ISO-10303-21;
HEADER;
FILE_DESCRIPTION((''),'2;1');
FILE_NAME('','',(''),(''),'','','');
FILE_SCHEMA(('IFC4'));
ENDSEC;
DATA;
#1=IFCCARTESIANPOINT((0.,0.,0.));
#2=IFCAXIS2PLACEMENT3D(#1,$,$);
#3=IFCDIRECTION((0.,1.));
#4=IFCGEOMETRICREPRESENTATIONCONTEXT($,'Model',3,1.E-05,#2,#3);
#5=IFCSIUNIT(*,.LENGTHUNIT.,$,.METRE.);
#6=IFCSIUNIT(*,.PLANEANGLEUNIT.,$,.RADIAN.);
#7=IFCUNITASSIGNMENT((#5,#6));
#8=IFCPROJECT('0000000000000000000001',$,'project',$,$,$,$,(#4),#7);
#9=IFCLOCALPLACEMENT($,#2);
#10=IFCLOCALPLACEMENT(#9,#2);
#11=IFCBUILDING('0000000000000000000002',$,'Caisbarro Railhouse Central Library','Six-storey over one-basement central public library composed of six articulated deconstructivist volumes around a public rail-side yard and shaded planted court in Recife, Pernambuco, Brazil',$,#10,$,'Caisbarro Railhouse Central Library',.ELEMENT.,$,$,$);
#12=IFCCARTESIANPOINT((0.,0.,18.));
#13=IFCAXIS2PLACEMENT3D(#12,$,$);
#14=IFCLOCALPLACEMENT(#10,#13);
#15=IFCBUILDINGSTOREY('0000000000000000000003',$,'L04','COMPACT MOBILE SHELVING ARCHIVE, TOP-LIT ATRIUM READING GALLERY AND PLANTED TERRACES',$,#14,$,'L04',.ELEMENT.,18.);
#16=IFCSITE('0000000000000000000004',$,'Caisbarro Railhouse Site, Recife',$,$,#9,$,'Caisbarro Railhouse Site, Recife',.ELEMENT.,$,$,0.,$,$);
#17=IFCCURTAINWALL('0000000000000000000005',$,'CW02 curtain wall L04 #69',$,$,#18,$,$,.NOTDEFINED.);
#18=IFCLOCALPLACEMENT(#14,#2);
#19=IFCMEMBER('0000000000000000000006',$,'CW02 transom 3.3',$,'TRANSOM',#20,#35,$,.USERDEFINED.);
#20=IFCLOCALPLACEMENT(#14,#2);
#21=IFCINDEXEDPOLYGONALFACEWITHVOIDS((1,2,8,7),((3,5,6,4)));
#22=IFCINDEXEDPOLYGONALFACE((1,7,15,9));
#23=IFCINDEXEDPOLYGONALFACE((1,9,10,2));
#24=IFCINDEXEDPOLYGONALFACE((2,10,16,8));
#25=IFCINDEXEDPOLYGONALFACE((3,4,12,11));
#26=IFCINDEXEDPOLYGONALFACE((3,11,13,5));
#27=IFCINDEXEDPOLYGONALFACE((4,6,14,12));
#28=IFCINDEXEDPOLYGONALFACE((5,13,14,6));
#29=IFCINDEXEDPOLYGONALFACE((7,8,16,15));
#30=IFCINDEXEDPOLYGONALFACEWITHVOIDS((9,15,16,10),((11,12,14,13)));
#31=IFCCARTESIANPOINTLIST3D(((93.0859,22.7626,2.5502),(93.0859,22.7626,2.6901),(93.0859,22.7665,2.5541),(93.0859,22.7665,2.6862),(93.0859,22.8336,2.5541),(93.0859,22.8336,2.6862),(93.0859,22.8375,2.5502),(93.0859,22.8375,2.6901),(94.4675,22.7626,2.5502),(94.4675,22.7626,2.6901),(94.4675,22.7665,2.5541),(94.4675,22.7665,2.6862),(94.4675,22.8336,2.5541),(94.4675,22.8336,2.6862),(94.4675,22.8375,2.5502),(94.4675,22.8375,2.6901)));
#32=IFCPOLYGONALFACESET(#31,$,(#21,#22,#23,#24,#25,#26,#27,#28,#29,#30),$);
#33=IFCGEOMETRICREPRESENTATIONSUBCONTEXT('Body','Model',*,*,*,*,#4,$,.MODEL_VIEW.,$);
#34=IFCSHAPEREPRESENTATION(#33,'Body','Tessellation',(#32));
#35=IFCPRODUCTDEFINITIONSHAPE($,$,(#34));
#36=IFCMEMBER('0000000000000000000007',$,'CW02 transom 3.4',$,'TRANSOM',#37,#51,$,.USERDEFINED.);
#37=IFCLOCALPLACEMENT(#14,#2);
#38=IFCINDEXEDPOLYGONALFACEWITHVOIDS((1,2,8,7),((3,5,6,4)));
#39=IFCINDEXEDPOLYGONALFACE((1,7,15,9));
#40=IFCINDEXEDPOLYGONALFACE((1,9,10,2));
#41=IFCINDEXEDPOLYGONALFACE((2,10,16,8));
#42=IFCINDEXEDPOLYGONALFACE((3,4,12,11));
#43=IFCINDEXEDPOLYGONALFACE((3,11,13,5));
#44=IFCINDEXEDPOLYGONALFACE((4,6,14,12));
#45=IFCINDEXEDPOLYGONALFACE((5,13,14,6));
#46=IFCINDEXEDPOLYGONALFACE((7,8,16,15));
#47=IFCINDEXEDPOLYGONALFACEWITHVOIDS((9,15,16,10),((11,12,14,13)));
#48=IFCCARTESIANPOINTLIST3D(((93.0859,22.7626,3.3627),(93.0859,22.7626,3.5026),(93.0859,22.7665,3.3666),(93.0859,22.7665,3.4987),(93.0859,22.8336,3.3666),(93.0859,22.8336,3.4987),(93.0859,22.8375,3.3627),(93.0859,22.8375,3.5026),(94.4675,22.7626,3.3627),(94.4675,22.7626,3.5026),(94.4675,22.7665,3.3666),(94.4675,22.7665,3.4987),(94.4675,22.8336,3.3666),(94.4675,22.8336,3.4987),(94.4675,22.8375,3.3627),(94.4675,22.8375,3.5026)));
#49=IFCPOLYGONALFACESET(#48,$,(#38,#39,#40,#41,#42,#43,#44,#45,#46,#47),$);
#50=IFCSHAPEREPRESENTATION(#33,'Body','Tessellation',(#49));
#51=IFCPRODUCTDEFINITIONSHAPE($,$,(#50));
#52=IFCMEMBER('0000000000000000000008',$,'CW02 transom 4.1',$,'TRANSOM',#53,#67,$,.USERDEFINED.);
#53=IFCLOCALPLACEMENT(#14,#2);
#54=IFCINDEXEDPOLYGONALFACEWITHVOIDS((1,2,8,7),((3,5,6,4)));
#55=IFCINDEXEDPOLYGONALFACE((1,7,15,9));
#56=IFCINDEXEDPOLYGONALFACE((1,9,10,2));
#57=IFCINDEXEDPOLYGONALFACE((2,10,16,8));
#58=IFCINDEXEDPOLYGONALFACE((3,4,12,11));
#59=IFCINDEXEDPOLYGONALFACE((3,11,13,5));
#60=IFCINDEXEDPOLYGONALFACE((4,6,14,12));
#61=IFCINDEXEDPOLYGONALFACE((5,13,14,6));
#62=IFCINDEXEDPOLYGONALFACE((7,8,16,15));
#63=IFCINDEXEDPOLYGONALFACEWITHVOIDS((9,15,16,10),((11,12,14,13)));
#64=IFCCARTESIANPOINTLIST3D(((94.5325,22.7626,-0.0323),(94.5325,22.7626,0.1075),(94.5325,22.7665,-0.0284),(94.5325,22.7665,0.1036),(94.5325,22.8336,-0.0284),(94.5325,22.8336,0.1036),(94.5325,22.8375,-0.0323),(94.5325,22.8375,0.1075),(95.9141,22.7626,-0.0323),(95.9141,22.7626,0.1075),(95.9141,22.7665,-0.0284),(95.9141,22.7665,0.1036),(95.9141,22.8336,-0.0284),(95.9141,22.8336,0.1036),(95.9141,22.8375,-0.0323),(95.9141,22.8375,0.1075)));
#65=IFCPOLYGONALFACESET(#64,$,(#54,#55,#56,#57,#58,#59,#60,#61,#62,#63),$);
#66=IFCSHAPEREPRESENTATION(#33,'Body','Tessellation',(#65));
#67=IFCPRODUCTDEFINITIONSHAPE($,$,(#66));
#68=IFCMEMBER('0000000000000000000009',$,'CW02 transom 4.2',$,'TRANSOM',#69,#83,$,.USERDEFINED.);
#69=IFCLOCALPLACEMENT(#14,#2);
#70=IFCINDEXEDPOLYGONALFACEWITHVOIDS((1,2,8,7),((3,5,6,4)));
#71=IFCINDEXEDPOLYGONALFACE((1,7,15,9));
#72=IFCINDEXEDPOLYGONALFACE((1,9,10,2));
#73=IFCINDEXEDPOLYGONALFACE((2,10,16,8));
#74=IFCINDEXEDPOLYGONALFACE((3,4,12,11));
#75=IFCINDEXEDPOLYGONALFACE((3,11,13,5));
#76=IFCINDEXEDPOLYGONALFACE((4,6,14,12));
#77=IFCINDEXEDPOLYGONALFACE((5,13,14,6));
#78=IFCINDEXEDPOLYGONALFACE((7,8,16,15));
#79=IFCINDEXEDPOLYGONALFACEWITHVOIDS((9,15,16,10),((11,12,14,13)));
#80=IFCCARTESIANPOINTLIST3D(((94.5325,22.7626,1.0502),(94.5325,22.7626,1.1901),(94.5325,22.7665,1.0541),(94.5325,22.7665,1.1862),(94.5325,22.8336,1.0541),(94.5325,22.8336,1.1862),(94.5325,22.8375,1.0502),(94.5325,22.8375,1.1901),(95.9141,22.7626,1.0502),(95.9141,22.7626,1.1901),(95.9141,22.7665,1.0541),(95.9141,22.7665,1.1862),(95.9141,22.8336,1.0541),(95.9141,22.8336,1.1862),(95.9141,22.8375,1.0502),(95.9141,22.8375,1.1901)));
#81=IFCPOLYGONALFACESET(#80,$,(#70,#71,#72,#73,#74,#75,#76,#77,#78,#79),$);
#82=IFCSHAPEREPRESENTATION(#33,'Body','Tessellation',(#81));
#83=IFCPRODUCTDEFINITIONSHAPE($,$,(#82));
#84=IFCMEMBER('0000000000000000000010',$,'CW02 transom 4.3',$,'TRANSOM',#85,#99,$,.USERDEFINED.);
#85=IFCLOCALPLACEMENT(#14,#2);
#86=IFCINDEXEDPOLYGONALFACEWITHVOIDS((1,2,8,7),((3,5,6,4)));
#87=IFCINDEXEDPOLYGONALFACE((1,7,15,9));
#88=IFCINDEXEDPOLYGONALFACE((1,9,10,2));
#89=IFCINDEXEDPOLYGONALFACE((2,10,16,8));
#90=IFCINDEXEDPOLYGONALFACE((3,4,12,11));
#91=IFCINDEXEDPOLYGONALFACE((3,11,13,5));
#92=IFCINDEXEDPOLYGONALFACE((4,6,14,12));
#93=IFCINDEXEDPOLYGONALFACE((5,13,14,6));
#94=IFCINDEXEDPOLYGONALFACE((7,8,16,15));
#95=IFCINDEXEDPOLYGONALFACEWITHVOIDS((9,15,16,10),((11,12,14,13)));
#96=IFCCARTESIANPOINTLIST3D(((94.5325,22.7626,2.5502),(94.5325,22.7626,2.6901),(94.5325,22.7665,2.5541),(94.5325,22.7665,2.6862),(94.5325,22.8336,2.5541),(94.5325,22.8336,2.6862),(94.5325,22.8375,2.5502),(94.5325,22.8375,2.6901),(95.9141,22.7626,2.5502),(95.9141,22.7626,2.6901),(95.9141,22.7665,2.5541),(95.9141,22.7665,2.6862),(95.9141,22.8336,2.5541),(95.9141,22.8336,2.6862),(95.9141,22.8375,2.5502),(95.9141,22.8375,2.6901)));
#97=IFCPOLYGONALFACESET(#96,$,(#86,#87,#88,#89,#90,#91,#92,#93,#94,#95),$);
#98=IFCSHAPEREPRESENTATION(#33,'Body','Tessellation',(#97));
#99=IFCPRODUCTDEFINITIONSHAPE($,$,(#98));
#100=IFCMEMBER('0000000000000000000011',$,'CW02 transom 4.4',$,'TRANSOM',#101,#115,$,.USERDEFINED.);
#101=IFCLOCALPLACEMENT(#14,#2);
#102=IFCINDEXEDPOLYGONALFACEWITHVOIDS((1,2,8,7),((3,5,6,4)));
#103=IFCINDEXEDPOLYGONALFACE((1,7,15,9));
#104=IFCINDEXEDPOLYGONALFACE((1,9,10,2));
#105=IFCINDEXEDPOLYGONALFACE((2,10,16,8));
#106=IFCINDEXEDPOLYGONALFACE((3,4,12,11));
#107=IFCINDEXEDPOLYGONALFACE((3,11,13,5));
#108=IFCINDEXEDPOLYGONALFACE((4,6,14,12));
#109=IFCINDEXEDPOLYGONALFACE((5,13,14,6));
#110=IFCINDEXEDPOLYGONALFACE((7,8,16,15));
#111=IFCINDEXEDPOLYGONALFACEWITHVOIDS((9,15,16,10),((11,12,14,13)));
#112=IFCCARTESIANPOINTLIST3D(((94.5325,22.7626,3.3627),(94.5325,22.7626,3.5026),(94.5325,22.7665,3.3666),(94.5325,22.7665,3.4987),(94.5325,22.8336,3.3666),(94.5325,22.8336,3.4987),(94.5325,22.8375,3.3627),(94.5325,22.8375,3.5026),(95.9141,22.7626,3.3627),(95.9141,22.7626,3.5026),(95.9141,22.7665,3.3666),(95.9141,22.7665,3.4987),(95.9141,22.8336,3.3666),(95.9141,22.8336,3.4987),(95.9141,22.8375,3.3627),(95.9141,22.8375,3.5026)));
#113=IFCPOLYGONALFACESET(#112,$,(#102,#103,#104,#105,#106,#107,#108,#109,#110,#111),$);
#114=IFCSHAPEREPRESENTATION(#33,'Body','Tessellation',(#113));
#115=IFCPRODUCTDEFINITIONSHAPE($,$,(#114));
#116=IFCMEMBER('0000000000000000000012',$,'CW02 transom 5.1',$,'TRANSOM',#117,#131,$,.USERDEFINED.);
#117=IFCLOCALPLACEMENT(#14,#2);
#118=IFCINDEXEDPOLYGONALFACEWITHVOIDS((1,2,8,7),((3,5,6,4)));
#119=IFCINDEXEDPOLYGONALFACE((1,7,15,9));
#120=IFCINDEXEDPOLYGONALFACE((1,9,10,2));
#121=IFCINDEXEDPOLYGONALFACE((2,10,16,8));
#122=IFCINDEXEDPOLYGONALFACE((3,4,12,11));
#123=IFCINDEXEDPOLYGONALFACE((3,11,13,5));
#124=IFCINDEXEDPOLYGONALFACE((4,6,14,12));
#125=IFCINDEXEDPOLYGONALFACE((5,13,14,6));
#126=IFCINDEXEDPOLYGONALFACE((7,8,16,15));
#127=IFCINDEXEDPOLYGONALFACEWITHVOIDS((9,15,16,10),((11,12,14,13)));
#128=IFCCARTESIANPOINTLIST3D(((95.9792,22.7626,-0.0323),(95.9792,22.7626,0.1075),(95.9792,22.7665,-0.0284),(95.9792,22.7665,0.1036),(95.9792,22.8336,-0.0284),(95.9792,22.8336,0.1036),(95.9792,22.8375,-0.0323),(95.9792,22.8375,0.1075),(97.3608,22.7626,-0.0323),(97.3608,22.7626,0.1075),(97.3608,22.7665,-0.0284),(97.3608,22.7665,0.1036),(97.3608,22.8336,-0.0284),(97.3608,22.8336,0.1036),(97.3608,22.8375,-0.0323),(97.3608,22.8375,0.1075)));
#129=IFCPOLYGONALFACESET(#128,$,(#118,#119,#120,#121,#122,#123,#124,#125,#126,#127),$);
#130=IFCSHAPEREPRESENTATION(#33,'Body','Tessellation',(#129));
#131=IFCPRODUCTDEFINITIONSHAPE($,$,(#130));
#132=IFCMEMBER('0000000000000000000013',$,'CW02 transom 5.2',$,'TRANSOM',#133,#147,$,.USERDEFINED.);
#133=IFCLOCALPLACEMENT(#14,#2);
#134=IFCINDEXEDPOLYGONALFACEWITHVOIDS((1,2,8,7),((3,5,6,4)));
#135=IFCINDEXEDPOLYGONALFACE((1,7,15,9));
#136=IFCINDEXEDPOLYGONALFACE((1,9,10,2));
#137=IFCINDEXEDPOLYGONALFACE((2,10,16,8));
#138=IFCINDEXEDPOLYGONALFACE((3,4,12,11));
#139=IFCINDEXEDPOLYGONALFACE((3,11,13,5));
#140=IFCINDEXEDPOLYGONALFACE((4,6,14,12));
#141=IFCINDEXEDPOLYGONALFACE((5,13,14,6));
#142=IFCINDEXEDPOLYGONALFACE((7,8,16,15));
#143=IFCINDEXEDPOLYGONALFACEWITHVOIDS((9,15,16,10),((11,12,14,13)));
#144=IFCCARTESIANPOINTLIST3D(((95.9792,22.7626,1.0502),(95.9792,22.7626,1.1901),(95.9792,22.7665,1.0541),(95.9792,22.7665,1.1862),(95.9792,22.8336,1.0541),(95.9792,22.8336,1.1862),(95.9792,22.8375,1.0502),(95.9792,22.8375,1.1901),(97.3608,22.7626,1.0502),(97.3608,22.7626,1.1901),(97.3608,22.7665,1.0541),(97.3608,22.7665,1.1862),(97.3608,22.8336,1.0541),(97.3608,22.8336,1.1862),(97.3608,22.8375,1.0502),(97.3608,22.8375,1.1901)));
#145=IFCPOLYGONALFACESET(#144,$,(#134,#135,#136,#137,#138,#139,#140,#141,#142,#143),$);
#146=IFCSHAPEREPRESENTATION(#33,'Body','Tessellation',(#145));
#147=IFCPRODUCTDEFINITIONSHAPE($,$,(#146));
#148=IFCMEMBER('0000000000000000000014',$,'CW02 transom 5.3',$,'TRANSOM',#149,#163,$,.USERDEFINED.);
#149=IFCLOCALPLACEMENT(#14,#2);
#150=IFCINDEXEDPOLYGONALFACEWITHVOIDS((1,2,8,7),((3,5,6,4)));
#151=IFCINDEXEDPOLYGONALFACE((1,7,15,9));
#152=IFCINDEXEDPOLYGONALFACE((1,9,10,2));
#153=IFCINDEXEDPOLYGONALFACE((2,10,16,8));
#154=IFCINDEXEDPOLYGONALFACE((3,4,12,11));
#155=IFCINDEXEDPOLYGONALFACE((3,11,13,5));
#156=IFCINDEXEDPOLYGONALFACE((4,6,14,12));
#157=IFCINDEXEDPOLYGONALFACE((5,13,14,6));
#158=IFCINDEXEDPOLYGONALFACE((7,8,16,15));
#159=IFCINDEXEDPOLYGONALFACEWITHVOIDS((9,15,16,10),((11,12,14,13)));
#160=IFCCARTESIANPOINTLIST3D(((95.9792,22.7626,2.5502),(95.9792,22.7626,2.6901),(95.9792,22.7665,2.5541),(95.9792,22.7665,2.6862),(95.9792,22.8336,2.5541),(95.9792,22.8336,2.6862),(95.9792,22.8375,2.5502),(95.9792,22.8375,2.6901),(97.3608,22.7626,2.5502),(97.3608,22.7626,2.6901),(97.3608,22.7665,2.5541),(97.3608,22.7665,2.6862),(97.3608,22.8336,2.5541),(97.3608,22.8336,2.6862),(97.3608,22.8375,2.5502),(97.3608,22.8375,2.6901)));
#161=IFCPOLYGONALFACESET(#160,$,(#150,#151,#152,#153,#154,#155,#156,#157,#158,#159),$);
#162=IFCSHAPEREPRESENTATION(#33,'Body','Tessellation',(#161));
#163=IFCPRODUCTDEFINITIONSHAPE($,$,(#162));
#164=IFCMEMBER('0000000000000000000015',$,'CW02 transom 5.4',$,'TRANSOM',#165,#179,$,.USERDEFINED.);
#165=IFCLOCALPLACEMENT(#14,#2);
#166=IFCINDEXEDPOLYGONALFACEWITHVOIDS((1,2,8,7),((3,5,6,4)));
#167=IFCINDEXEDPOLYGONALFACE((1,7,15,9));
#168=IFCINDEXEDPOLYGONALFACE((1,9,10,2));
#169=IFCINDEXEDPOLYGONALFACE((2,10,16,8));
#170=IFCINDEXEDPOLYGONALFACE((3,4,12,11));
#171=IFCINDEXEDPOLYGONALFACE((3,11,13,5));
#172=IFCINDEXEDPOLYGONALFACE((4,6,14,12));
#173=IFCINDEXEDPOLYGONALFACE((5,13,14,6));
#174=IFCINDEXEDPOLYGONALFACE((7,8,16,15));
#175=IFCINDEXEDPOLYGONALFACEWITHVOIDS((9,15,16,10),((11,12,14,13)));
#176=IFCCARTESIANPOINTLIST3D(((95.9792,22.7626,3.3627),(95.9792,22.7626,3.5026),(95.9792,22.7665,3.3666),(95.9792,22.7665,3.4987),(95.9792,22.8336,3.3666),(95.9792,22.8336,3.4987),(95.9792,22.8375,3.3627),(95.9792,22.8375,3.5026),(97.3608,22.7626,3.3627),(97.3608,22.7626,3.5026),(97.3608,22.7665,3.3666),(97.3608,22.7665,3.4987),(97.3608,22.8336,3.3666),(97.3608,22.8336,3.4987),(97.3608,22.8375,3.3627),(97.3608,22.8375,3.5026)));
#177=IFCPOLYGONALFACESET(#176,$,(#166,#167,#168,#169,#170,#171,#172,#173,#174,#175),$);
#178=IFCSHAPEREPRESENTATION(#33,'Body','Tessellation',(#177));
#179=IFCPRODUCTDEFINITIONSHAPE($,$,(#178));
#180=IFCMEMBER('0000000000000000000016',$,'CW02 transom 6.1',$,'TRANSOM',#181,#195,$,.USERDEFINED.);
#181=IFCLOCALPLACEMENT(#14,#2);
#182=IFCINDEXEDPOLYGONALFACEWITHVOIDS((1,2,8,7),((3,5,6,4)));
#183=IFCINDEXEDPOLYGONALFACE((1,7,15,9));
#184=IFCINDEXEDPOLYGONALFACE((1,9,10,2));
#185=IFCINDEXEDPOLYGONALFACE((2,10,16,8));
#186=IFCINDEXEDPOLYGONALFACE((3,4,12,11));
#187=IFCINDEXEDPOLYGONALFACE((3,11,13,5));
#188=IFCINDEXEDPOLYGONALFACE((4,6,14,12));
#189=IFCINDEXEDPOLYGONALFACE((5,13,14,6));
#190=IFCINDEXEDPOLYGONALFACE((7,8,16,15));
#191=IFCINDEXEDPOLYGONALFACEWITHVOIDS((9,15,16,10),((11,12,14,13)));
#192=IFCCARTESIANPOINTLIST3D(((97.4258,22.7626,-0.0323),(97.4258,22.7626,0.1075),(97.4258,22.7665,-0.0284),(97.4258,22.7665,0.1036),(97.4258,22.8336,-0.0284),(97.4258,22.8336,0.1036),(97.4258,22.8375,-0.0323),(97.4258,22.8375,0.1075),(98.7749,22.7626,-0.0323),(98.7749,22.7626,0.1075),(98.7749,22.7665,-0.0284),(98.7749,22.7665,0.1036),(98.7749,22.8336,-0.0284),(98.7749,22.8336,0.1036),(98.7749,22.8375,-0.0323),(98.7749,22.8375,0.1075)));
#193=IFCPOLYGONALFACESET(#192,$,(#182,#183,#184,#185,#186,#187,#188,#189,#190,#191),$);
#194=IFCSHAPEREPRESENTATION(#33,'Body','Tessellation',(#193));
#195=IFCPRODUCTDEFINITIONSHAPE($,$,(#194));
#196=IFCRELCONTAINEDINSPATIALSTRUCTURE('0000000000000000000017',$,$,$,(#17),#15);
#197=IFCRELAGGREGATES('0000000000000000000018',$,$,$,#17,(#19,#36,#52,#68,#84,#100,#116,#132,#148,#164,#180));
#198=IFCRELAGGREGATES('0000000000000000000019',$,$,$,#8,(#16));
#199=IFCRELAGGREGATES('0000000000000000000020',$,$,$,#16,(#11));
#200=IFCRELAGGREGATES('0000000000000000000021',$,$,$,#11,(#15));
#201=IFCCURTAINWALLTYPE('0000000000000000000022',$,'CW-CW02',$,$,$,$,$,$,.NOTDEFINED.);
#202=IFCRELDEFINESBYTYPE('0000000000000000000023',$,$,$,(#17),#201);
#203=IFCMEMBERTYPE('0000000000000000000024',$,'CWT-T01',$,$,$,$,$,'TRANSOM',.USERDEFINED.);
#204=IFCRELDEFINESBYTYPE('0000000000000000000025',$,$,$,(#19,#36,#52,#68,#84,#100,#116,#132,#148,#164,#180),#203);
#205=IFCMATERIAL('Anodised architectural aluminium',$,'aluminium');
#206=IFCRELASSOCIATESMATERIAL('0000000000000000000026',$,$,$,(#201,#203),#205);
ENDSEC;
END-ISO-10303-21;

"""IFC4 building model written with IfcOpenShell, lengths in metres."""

from ifc_helpers import new_model, si_unit, direction, frame, origin, origin_2d, place, context, subcontext, project, spatial, hollow_rectangle, extrude, material, material_profile, profile_set, type_object, element, aggregate, save


model = new_model("IFC4")

# Units and contexts
model_context = context("Model", 3, precision=1e-05, world=origin(), true_north=direction((0.0, 1.0)))
body_context = subcontext(model_context, "Body", "Model", "MODEL_VIEW")
ifc_project = project(units=[si_unit("LENGTHUNIT", "METRE"), si_unit("PLANEANGLEUNIT", "RADIAN")], contexts=[model_context])

# Site, building, storey
site_placement = place(None, origin())
site = spatial("IfcSite", under=ifc_project, at=site_placement, Name="Caisbarro Railhouse Site, Recife", LongName="Caisbarro Railhouse Site, Recife", CompositionType="ELEMENT", RefElevation=0.0)
building_placement = place(site_placement, origin())
building = spatial("IfcBuilding", under=site, at=building_placement, Name="Caisbarro Railhouse Central Library", Description="Six-storey over one-basement central public library composed of six articulated deconstructivist volumes around a public rail-side yard and shaded planted court in Recife, Pernambuco, Brazil", LongName="Caisbarro Railhouse Central Library", CompositionType="ELEMENT")
storey_placement = place(building_placement, frame((0.0, 0.0, 18.0)))
storey = spatial("IfcBuildingStorey", under=building, at=storey_placement, Name="L04", Description="COMPACT MOBILE SHELVING ARCHIVE, TOP-LIT ATRIUM READING GALLERY AND PLANTED TERRACES", LongName="L04", CompositionType="ELEMENT", Elevation=18.0)

# Curtain wall, members
ifc_material_1 = material(Name="Anodised architectural aluminium", Category="aluminium")
curtain_wall_type = type_object("IfcCurtainWallType", Name="CW-CW02", PredefinedType="NOTDEFINED", material=ifc_material_1)
curtain_wall_placement = place(storey_placement, origin())
curtain_wall = element("IfcCurtainWall", 1, at=curtain_wall_placement, inside=storey, type_object=curtain_wall_type, Name="CW02 curtain wall L04 #69", PredefinedType="NOTDEFINED")
ifc_material_profile_1 = material_profile(ifc_material_1, hollow_rectangle(XDim=0.075, YDim=0.1399, WallThickness=0.0039, at=origin_2d()), Name="ALU-TRN-75X140")
ifc_profile_set_1 = profile_set([ifc_material_profile_1], Name="Anodised architectural aluminium")
member_type_1 = type_object("IfcMemberType", Name="CWT-T01", ElementType="TRANSOM", PredefinedType="USERDEFINED", material=ifc_profile_set_1)
member_1_placement = place(storey_placement, frame((93.0859, 22.8, 2.6201), z_axis=(1.0, 0.0, 0.0), x_axis=(0.0, 1.0, 0.0)))
member_1 = element("IfcMember", 2, at=member_1_placement, type_object=member_type_1, Name="CW02 transom 3.3", ObjectType="TRANSOM", PredefinedType="USERDEFINED", context=body_context, shape_type="SweptSolid", body=[
    extrude(hollow_rectangle(XDim=0.075, YDim=0.1399, WallThickness=0.0039, at=origin_2d()), origin(), (0.0, 0.0, 1.0), 1.3816),
])
member_2_placement = place(storey_placement, frame((93.0859, 22.8, 3.4326), z_axis=(1.0, 0.0, 0.0), x_axis=(0.0, 1.0, 0.0)))
member_2 = element("IfcMember", 3, at=member_2_placement, type_object=member_type_1, Name="CW02 transom 3.4", ObjectType="TRANSOM", PredefinedType="USERDEFINED", context=body_context, shape_type="SweptSolid", body=[
    extrude(hollow_rectangle(XDim=0.075, YDim=0.1399, WallThickness=0.0039, at=origin_2d()), origin(), (0.0, 0.0, 1.0), 1.3816),
])
member_3_placement = place(storey_placement, frame((94.5325, 22.8, 0.0376), z_axis=(1.0, 0.0, 0.0), x_axis=(0.0, 1.0, 0.0)))
member_3 = element("IfcMember", 4, at=member_3_placement, type_object=member_type_1, Name="CW02 transom 4.1", ObjectType="TRANSOM", PredefinedType="USERDEFINED", context=body_context, shape_type="SweptSolid", body=[
    extrude(hollow_rectangle(XDim=0.075, YDim=0.1399, WallThickness=0.0039, at=origin_2d()), origin(), (0.0, 0.0, 1.0), 1.3816),
])
member_4_placement = place(storey_placement, frame((94.5325, 22.8, 1.1201), z_axis=(1.0, 0.0, 0.0), x_axis=(0.0, 1.0, 0.0)))
member_4 = element("IfcMember", 5, at=member_4_placement, type_object=member_type_1, Name="CW02 transom 4.2", ObjectType="TRANSOM", PredefinedType="USERDEFINED", context=body_context, shape_type="SweptSolid", body=[
    extrude(hollow_rectangle(XDim=0.075, YDim=0.1399, WallThickness=0.0039, at=origin_2d()), origin(), (0.0, 0.0, 1.0), 1.3816),
])
member_5_placement = place(storey_placement, frame((94.5325, 22.8, 2.6201), z_axis=(1.0, 0.0, 0.0), x_axis=(0.0, 1.0, 0.0)))
member_5 = element("IfcMember", 6, at=member_5_placement, type_object=member_type_1, Name="CW02 transom 4.3", ObjectType="TRANSOM", PredefinedType="USERDEFINED", context=body_context, shape_type="SweptSolid", body=[
    extrude(hollow_rectangle(XDim=0.075, YDim=0.1399, WallThickness=0.0039, at=origin_2d()), origin(), (0.0, 0.0, 1.0), 1.3816),
])
member_6_placement = place(storey_placement, frame((94.5325, 22.8, 3.4326), z_axis=(1.0, 0.0, 0.0), x_axis=(0.0, 1.0, 0.0)))
member_6 = element("IfcMember", 7, at=member_6_placement, type_object=member_type_1, Name="CW02 transom 4.4", ObjectType="TRANSOM", PredefinedType="USERDEFINED", context=body_context, shape_type="SweptSolid", body=[
    extrude(hollow_rectangle(XDim=0.075, YDim=0.1399, WallThickness=0.0039, at=origin_2d()), origin(), (0.0, 0.0, 1.0), 1.3816),
])
member_7_placement = place(storey_placement, frame((95.9792, 22.8, 0.0376), z_axis=(1.0, 0.0, 0.0), x_axis=(0.0, 1.0, 0.0)))
member_7 = element("IfcMember", 8, at=member_7_placement, type_object=member_type_1, Name="CW02 transom 5.1", ObjectType="TRANSOM", PredefinedType="USERDEFINED", context=body_context, shape_type="SweptSolid", body=[
    extrude(hollow_rectangle(XDim=0.075, YDim=0.1399, WallThickness=0.0039, at=origin_2d()), origin(), (0.0, 0.0, 1.0), 1.3816),
])
member_8_placement = place(storey_placement, frame((95.9792, 22.8, 1.1201), z_axis=(1.0, 0.0, 0.0), x_axis=(0.0, 1.0, 0.0)))
member_8 = element("IfcMember", 9, at=member_8_placement, type_object=member_type_1, Name="CW02 transom 5.2", ObjectType="TRANSOM", PredefinedType="USERDEFINED", context=body_context, shape_type="SweptSolid", body=[
    extrude(hollow_rectangle(XDim=0.075, YDim=0.1399, WallThickness=0.0039, at=origin_2d()), origin(), (0.0, 0.0, 1.0), 1.3816),
])
member_9_placement = place(storey_placement, frame((95.9792, 22.8, 2.6201), z_axis=(1.0, 0.0, 0.0), x_axis=(0.0, 1.0, 0.0)))
member_9 = element("IfcMember", 10, at=member_9_placement, type_object=member_type_1, Name="CW02 transom 5.3", ObjectType="TRANSOM", PredefinedType="USERDEFINED", context=body_context, shape_type="SweptSolid", body=[
    extrude(hollow_rectangle(XDim=0.075, YDim=0.1399, WallThickness=0.0039, at=origin_2d()), origin(), (0.0, 0.0, 1.0), 1.3816),
])
member_10_placement = place(storey_placement, frame((95.9792, 22.8, 3.4326), z_axis=(1.0, 0.0, 0.0), x_axis=(0.0, 1.0, 0.0)))
member_10 = element("IfcMember", 11, at=member_10_placement, type_object=member_type_1, Name="CW02 transom 5.4", ObjectType="TRANSOM", PredefinedType="USERDEFINED", context=body_context, shape_type="SweptSolid", body=[
    extrude(hollow_rectangle(XDim=0.075, YDim=0.1399, WallThickness=0.0039, at=origin_2d()), origin(), (0.0, 0.0, 1.0), 1.3816),
])
member_11_placement = place(storey_placement, frame((97.4258, 22.8, 0.0376), z_axis=(1.0, 0.0, 0.0), x_axis=(0.0, 1.0, 0.0)))
member_11 = element("IfcMember", 12, at=member_11_placement, type_object=member_type_1, Name="CW02 transom 6.1", ObjectType="TRANSOM", PredefinedType="USERDEFINED", context=body_context, shape_type="SweptSolid", body=[
    extrude(hollow_rectangle(XDim=0.075, YDim=0.1399, WallThickness=0.0039, at=origin_2d()), origin(), (0.0, 0.0, 1.0), 1.3491),
])
aggregate(curtain_wall, [member_1, member_2, member_3, member_4, member_5, member_6, member_7, member_8, member_9, member_10, member_11])

save(model, "model.ifc")
